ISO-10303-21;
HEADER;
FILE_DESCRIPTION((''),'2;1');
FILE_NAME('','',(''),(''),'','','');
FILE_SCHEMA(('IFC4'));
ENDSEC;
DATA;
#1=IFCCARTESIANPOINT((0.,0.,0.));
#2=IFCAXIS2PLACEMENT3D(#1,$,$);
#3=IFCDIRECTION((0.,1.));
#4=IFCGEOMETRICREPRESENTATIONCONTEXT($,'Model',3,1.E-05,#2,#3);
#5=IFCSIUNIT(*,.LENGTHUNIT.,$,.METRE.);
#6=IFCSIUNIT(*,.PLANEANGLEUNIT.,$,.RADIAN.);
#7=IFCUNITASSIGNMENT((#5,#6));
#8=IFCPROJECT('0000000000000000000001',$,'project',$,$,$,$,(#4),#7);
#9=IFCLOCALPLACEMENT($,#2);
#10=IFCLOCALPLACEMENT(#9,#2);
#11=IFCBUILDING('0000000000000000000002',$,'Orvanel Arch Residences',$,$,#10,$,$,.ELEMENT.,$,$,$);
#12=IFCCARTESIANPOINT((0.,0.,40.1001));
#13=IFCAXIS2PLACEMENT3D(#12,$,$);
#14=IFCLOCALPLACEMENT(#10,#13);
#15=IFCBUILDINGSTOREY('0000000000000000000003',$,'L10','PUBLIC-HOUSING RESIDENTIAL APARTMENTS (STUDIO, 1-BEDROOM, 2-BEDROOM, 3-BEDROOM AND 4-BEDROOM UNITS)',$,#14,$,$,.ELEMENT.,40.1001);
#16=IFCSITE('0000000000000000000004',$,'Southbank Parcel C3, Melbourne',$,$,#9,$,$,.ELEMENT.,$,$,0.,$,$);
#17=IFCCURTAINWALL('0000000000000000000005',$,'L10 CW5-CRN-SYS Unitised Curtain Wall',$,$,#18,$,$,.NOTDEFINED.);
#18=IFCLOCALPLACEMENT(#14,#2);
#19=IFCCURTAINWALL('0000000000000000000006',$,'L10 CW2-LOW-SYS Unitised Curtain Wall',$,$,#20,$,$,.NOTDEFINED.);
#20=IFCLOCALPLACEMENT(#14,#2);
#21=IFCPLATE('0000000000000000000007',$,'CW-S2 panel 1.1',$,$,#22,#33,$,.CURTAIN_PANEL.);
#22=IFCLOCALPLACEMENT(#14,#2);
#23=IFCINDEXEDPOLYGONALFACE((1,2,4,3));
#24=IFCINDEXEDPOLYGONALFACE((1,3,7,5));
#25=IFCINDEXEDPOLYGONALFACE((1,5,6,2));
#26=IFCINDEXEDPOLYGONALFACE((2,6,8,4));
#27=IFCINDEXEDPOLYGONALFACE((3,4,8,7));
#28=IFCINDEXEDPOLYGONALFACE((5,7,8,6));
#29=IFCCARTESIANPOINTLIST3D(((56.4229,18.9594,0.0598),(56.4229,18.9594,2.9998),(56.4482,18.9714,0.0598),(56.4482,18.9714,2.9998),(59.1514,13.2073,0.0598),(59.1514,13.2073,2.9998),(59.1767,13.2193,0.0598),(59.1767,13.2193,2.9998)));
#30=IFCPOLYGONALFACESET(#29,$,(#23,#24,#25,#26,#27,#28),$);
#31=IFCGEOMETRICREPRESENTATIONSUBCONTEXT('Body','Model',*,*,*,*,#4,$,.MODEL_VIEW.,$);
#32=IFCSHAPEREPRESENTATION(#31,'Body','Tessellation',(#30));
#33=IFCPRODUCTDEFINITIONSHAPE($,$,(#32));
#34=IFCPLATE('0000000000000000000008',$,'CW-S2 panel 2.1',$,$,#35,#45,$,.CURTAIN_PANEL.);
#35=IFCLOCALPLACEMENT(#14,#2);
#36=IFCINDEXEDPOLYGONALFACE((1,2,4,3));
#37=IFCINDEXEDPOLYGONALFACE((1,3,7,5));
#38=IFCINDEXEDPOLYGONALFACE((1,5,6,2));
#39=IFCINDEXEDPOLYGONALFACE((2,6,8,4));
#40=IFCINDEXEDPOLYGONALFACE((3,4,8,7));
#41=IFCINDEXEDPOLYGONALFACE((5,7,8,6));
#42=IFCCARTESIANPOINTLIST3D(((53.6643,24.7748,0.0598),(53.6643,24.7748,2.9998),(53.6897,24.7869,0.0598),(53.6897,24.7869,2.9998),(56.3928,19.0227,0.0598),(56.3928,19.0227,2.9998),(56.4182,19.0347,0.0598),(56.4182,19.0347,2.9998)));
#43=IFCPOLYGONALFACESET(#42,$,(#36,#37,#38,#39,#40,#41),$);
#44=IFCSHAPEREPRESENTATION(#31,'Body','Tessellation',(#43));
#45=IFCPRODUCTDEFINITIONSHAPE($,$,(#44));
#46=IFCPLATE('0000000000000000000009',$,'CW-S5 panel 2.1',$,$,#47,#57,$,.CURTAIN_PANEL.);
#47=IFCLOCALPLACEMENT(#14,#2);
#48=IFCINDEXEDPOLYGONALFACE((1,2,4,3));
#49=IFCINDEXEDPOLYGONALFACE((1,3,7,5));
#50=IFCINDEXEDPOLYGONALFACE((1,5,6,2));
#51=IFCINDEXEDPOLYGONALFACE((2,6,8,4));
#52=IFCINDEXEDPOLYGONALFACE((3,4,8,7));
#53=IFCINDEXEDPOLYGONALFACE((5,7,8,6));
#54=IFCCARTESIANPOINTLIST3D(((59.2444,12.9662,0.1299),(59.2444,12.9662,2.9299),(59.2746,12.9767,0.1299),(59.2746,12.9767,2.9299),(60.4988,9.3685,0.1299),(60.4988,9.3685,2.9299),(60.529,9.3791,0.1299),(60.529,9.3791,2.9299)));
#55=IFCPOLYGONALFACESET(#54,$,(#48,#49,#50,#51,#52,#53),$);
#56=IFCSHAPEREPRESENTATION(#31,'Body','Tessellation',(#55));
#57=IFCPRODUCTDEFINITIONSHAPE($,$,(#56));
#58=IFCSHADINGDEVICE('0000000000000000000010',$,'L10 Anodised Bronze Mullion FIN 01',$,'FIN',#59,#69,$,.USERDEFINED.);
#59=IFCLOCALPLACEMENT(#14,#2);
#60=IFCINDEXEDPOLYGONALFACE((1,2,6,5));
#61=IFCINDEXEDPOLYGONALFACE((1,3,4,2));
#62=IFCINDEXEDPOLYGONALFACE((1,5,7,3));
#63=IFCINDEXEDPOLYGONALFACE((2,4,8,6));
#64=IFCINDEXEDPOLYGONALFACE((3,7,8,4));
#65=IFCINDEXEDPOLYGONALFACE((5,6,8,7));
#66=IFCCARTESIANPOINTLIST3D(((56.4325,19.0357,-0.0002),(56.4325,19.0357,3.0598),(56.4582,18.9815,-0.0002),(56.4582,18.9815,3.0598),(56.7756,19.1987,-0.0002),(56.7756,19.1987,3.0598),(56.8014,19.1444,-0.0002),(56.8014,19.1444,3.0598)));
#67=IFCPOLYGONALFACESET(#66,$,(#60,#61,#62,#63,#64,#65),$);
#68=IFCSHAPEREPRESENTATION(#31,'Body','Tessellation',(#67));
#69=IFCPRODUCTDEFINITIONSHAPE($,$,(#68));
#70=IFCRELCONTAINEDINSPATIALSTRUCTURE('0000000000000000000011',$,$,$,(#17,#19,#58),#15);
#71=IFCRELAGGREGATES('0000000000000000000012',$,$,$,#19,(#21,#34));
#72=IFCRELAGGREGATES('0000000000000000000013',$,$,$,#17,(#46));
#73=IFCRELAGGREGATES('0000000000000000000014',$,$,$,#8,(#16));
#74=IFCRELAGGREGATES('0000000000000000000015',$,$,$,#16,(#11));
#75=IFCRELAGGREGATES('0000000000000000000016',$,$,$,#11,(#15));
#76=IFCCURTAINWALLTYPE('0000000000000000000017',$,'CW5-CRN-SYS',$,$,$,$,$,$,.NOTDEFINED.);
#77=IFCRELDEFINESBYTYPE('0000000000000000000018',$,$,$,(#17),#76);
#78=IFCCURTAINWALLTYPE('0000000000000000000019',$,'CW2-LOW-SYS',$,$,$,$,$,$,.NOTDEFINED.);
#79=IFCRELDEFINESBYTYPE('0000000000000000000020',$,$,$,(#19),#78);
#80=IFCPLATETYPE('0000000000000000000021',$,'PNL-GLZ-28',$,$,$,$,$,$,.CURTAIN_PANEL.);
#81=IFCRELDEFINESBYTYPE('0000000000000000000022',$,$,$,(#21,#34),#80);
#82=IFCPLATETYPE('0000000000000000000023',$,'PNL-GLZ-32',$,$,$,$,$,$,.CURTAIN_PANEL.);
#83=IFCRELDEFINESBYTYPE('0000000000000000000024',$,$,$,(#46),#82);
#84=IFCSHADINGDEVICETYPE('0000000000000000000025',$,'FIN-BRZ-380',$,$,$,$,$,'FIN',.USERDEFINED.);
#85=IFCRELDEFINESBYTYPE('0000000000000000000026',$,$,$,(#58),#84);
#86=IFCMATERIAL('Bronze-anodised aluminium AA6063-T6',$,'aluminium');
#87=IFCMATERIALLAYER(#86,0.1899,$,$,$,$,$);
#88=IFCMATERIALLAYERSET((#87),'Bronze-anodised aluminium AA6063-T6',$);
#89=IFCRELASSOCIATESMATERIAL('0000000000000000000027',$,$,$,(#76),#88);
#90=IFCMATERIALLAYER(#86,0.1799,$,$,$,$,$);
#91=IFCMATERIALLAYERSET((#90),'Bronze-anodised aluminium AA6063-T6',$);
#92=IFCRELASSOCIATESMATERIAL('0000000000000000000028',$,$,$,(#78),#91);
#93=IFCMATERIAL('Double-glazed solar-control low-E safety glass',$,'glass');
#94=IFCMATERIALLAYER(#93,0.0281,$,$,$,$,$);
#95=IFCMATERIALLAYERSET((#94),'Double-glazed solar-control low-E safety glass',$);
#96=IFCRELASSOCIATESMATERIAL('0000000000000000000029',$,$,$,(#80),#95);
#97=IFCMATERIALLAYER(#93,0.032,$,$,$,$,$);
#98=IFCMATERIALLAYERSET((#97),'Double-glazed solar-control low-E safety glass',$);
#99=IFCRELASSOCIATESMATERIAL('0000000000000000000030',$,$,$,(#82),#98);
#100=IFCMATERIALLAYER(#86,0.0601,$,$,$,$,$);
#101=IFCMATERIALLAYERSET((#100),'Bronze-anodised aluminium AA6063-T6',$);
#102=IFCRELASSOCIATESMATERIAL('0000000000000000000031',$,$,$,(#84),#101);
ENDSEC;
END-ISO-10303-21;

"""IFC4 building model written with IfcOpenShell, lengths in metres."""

from ifc_helpers import new_model, si_unit, direction, frame, origin, origin_2d, place, context, subcontext, project, spatial, rectangle, extrude, material, layer, layer_set, type_object, element, aggregate, save


model = new_model("IFC4")

# Units and contexts
model_context = context("Model", 3, precision=1e-05, world=origin(), true_north=direction((0.0, 1.0)))
body_context = subcontext(model_context, "Body", "Model", "MODEL_VIEW")
ifc_project = project(units=[si_unit("LENGTHUNIT", "METRE"), si_unit("PLANEANGLEUNIT", "RADIAN")], contexts=[model_context])

# Site, building, storey
site_placement = place(None, origin())
site = spatial("IfcSite", under=ifc_project, at=site_placement, Name="Southbank Parcel C3, Melbourne", CompositionType="ELEMENT", RefElevation=0.0)
building_placement = place(site_placement, origin())
building = spatial("IfcBuilding", under=site, at=building_placement, Name="Orvanel Arch Residences", CompositionType="ELEMENT")
storey_placement = place(building_placement, frame((0.0, 0.0, 40.1001)))
storey = spatial("IfcBuildingStorey", under=building, at=storey_placement, Name="L10", Description="PUBLIC-HOUSING RESIDENTIAL APARTMENTS (STUDIO, 1-BEDROOM, 2-BEDROOM, 3-BEDROOM AND 4-BEDROOM UNITS)", CompositionType="ELEMENT", Elevation=40.1001)

# Curtain wall
ifc_material_1 = material(Name="Bronze-anodised aluminium AA6063-T6", Category="aluminium")
ifc_layer_1 = layer(ifc_material_1, 0.1899)
ifc_layer_set_1 = layer_set([ifc_layer_1], Name="Bronze-anodised aluminium AA6063-T6")
curtain_wall_type_1 = type_object("IfcCurtainWallType", Name="CW5-CRN-SYS", PredefinedType="NOTDEFINED", material=ifc_layer_set_1)
curtain_wall_1_placement = place(storey_placement, origin())
curtain_wall_1 = element("IfcCurtainWall", 1, at=curtain_wall_1_placement, inside=storey, type_object=curtain_wall_type_1, Name="L10 CW5-CRN-SYS Unitised Curtain Wall", PredefinedType="NOTDEFINED")

# Curtain wall
ifc_layer_2 = layer(ifc_material_1, 0.1799)
ifc_layer_set_2 = layer_set([ifc_layer_2], Name="Bronze-anodised aluminium AA6063-T6")
curtain_wall_type_2 = type_object("IfcCurtainWallType", Name="CW2-LOW-SYS", PredefinedType="NOTDEFINED", material=ifc_layer_set_2)
curtain_wall_2_placement = place(storey_placement, origin())
curtain_wall_2 = element("IfcCurtainWall", 2, at=curtain_wall_2_placement, inside=storey, type_object=curtain_wall_type_2, Name="L10 CW2-LOW-SYS Unitised Curtain Wall", PredefinedType="NOTDEFINED")

# Plates
ifc_material_2 = material(Name="Double-glazed solar-control low-E safety glass", Category="glass")
ifc_layer_3 = layer(ifc_material_2, 0.0281)
ifc_layer_set_3 = layer_set([ifc_layer_3], Name="Double-glazed solar-control low-E safety glass")
plate_type_1 = type_object("IfcPlateType", Name="PNL-GLZ-28", PredefinedType="CURTAIN_PANEL", material=ifc_layer_set_3)
plate_1_placement = place(storey_placement, frame((57.7998, 16.0894, 0.0598), z_axis=(0.0, 0.0, 1.0), x_axis=(-0.428575, 0.903506, 0.0)))
plate_1 = element("IfcPlate", 3, at=plate_1_placement, type_object=plate_type_1, Name="CW-S2 panel 1.1", PredefinedType="CURTAIN_PANEL", context=body_context, shape_type="SweptSolid", body=[
    extrude(rectangle(XDim=6.3665, YDim=0.0281, at=origin_2d()), origin(), (0.0, 0.0, 1.0), 2.9399),
])
plate_2_placement = place(storey_placement, frame((55.0413, 21.9048, 0.0598), z_axis=(0.0, 0.0, 1.0), x_axis=(-0.428575, 0.903506, 0.0)))
plate_2 = element("IfcPlate", 4, at=plate_2_placement, type_object=plate_type_1, Name="CW-S2 panel 2.1", PredefinedType="CURTAIN_PANEL", context=body_context, shape_type="SweptSolid", body=[
    extrude(rectangle(XDim=6.3665, YDim=0.0281, at=origin_2d()), origin(), (0.0, 0.0, 1.0), 2.9399),
])
aggregate(curtain_wall_2, [plate_1, plate_2])
ifc_layer_4 = layer(ifc_material_2, 0.032)
ifc_layer_set_4 = layer_set([ifc_layer_4], Name="Double-glazed solar-control low-E safety glass")
plate_type_2 = type_object("IfcPlateType", Name="PNL-GLZ-32", PredefinedType="CURTAIN_PANEL", material=ifc_layer_set_4)
plate_3_placement = place(storey_placement, frame((59.8867, 11.1726, 0.1299), z_axis=(0.0, 0.0, 1.0), x_axis=(-0.329246, 0.944244, 0.0)))
plate_3 = element("IfcPlate", 5, at=plate_3_placement, type_object=plate_type_2, Name="CW-S5 panel 2.1", PredefinedType="CURTAIN_PANEL", context=body_context, shape_type="SweptSolid", body=[
    extrude(rectangle(XDim=3.8101, YDim=0.032, at=origin_2d()), origin(), (0.0, 0.0, 1.0), 2.8),
])
aggregate(curtain_wall_1, [plate_3])

# Shading device
ifc_layer_5 = layer(ifc_material_1, 0.0601)
ifc_layer_set_5 = layer_set([ifc_layer_5], Name="Bronze-anodised aluminium AA6063-T6")
shading_device_type = type_object("IfcShadingDeviceType", Name="FIN-BRZ-380", ElementType="FIN", PredefinedType="USERDEFINED", material=ifc_layer_set_5)
shading_device_placement = place(storey_placement, frame((56.6169, 19.0901, -0.0002), z_axis=(0.0, 0.0, 1.0), x_axis=(0.903335, 0.428935, 0.0)))
element("IfcShadingDevice", 6, at=shading_device_placement, inside=storey, type_object=shading_device_type, Name="L10 Anodised Bronze Mullion FIN 01", ObjectType="FIN", PredefinedType="USERDEFINED", context=body_context, shape_type="SweptSolid", body=[
    extrude(rectangle(XDim=0.3799, YDim=0.0601, at=origin_2d()), origin(), (0.0, 0.0, 1.0), 3.0601),
])

save(model, "model.ifc")
